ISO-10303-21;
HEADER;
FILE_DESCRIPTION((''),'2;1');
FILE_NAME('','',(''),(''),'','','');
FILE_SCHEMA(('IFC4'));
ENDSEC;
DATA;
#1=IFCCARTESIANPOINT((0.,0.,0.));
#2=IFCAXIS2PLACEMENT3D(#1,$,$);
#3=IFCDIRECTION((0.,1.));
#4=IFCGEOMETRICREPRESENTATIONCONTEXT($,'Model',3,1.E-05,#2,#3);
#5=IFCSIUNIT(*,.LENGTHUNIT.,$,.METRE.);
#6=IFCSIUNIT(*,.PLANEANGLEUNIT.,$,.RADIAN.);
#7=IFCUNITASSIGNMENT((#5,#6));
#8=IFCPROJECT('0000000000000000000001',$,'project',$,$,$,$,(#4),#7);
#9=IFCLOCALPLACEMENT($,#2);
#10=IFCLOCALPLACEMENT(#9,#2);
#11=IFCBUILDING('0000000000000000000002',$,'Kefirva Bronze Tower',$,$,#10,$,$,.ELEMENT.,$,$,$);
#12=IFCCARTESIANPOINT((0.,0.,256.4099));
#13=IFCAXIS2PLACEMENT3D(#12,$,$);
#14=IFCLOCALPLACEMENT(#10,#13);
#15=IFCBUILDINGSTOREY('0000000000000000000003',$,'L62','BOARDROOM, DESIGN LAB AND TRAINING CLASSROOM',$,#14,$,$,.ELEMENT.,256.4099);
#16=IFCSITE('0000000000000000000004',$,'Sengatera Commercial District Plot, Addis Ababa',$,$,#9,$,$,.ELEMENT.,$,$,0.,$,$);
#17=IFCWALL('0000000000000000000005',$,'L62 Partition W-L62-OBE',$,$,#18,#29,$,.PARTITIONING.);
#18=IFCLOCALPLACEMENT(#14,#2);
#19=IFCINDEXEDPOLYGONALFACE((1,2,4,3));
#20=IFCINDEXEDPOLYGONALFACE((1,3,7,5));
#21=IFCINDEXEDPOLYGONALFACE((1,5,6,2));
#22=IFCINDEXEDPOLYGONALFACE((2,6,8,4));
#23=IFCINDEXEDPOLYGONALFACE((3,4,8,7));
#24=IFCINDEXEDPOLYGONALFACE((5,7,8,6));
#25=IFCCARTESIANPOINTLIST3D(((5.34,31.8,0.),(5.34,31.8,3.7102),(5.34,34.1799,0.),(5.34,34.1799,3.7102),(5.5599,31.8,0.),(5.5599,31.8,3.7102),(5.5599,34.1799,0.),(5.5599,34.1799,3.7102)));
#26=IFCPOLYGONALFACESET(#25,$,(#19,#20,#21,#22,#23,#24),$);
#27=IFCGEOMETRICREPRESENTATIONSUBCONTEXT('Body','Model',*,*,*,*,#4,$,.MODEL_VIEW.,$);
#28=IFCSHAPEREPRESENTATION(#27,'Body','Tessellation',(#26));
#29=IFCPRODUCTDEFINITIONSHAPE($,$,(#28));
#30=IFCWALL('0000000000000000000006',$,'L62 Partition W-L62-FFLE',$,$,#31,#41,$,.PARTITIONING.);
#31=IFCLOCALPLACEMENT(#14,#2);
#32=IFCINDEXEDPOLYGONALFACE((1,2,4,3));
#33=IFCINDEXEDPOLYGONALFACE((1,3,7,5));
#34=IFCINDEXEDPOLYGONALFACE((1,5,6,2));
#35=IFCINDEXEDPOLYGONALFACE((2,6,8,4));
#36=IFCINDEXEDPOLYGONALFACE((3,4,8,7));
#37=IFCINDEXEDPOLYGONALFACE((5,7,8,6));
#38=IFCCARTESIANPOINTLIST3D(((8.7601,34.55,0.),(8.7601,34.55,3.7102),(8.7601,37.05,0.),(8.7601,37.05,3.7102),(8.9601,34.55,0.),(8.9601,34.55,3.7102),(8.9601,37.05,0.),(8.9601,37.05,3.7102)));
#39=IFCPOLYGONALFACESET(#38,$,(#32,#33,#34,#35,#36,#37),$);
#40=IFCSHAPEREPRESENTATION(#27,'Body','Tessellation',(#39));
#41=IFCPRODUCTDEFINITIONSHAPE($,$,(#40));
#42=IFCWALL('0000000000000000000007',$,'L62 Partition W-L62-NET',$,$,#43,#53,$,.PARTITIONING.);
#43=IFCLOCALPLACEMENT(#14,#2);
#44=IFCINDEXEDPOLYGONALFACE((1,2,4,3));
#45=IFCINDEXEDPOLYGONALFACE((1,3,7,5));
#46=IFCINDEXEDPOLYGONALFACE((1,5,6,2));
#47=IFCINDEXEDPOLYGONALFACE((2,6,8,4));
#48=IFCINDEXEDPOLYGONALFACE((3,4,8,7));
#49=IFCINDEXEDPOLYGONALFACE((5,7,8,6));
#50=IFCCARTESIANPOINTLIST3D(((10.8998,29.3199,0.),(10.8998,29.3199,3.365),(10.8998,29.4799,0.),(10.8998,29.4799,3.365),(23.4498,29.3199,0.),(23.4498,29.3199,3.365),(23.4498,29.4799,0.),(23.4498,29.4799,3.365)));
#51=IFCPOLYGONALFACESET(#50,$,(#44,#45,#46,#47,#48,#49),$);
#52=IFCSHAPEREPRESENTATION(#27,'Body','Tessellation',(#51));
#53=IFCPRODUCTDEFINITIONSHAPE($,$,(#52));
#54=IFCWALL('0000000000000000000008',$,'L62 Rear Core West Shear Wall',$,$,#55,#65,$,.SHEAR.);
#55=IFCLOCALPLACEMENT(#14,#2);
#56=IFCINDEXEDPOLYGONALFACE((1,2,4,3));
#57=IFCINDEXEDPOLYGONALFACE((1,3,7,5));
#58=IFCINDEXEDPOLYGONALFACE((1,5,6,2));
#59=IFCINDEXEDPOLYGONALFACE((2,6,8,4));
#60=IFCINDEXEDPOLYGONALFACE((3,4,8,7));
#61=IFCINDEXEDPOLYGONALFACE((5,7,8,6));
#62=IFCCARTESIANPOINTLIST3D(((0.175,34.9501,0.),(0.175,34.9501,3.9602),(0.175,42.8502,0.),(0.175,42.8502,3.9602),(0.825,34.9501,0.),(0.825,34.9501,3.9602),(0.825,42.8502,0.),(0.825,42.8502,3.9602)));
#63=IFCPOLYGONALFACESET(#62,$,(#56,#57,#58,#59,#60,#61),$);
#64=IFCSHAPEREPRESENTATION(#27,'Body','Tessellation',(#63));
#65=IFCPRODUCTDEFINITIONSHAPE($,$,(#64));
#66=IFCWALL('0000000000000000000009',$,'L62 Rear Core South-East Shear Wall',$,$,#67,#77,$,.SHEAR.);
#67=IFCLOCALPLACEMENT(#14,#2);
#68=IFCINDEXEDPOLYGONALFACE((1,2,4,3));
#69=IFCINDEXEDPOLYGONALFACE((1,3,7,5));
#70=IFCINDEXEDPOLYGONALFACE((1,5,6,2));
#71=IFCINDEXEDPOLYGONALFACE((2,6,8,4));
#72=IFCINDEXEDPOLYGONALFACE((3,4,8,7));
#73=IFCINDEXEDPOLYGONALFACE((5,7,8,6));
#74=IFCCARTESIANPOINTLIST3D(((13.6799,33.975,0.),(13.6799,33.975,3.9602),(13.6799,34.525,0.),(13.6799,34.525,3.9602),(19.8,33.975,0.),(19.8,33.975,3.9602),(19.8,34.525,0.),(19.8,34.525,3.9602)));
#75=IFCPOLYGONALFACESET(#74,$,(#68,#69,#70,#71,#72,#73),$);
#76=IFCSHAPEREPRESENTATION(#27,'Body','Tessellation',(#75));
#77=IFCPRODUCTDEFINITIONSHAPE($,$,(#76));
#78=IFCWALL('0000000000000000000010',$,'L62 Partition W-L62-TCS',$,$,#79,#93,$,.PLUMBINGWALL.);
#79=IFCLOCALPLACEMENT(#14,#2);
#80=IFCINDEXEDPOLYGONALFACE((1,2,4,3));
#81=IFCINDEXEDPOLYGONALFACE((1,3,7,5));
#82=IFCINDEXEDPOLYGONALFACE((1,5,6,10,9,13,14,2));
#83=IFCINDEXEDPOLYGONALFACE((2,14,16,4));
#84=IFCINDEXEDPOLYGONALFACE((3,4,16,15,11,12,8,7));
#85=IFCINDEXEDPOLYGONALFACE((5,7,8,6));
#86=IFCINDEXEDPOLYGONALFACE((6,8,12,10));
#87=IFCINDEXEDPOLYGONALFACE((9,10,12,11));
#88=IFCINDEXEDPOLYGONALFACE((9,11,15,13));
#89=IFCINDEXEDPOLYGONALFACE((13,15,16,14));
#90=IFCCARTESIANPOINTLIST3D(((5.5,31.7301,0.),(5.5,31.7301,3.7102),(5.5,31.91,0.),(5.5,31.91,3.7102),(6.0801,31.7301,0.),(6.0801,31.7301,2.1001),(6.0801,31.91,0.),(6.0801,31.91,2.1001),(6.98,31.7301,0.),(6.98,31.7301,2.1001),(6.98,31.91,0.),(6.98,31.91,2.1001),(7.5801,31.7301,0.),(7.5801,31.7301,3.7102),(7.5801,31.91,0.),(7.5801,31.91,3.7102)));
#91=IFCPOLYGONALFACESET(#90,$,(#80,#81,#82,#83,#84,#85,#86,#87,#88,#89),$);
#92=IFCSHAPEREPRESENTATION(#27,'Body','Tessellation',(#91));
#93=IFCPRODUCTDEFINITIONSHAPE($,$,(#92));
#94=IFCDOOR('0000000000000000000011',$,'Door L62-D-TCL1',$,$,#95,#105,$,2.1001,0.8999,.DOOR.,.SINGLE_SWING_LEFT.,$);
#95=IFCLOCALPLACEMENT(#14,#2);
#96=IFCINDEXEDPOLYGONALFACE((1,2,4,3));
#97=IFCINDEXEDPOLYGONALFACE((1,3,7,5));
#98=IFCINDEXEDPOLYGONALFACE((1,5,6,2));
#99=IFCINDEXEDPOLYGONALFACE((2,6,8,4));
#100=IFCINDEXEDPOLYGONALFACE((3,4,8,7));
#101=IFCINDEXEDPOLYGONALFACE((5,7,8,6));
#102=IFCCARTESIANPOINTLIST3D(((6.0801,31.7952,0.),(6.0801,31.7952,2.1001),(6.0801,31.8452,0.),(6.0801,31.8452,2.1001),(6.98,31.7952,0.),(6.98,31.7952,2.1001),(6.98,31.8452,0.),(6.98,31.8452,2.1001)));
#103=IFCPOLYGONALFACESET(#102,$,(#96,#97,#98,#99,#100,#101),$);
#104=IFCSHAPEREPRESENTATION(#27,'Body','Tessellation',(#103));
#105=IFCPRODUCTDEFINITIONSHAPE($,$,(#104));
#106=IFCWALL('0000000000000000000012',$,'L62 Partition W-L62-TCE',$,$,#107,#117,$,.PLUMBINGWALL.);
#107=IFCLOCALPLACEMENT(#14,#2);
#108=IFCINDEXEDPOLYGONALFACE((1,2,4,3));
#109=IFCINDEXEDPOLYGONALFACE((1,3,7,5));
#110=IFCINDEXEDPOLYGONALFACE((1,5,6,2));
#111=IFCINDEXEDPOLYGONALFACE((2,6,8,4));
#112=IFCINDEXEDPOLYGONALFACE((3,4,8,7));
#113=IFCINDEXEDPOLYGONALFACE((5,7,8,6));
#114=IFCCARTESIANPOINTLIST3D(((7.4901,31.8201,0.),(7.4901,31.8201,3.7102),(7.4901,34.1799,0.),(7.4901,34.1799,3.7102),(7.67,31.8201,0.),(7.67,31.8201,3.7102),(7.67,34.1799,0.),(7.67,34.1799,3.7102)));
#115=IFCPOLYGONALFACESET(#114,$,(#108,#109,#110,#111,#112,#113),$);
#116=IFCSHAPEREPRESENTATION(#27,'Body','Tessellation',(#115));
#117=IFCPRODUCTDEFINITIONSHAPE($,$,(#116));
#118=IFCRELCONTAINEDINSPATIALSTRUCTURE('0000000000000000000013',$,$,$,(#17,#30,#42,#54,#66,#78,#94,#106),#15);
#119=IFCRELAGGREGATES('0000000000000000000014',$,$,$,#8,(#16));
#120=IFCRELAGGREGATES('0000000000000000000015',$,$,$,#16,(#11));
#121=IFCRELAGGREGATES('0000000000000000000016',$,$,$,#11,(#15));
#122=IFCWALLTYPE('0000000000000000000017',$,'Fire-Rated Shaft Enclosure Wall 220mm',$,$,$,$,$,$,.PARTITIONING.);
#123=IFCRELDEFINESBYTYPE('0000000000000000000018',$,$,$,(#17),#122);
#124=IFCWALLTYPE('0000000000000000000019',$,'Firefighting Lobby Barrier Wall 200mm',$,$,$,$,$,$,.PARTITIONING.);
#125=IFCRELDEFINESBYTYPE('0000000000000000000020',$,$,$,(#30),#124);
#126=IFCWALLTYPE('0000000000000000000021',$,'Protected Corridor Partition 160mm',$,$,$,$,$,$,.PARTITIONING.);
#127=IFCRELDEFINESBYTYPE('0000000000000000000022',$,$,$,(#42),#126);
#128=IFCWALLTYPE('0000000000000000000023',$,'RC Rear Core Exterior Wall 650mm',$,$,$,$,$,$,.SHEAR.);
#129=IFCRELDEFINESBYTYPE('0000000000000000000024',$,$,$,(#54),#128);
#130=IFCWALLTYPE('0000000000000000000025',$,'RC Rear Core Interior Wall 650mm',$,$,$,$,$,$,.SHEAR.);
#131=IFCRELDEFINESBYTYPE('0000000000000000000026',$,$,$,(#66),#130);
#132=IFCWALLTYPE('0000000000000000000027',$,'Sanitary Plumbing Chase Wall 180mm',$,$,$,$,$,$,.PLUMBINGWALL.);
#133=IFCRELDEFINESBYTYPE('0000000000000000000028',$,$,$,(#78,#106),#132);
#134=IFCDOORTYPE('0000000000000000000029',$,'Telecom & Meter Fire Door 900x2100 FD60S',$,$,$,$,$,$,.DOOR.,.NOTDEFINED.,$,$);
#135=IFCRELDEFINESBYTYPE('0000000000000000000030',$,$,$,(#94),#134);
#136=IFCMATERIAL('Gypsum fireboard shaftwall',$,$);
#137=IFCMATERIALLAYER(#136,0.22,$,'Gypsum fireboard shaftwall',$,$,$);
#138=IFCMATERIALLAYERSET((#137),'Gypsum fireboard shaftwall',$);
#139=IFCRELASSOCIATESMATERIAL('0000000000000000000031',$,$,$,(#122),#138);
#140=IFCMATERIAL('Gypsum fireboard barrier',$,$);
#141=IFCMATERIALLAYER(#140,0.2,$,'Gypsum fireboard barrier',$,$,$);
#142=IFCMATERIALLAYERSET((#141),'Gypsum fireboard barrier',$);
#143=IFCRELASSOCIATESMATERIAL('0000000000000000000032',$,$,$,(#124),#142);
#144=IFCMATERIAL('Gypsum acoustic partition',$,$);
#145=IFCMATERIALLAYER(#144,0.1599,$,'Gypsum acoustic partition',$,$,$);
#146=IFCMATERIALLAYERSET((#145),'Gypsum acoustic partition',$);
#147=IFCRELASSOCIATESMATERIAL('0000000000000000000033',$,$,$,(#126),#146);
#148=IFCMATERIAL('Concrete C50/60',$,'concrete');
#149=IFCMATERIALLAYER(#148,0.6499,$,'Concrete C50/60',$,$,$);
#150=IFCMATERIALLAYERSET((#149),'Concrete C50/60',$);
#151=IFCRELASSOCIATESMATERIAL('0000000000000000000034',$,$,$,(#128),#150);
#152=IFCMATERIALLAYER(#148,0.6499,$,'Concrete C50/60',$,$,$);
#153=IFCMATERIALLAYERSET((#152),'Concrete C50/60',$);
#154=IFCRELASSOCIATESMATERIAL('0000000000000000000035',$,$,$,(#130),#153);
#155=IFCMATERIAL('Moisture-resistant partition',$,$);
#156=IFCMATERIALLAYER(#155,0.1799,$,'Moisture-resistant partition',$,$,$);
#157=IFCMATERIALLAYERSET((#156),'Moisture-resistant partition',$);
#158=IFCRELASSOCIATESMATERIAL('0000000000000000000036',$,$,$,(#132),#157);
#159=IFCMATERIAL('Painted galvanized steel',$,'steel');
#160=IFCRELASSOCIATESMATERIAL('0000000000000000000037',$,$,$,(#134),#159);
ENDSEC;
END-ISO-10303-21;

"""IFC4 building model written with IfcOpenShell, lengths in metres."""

from ifc_helpers import new_model, si_unit, direction, frame, frame_2d, origin, place, context, subcontext, project, spatial, rectangle, extrude, material, layer, layer_set, type_object, element, fill, save


model = new_model("IFC4")

# Units and contexts
model_context = context("Model", 3, precision=1e-05, world=origin(), true_north=direction((0.0, 1.0)))
body_context = subcontext(model_context, "Body", "Model", "MODEL_VIEW")
ifc_project = project(units=[si_unit("LENGTHUNIT", "METRE"), si_unit("PLANEANGLEUNIT", "RADIAN")], contexts=[model_context])

# Site, building, storey
site_placement = place(None, origin())
site = spatial("IfcSite", under=ifc_project, at=site_placement, Name="Sengatera Commercial District Plot, Addis Ababa", CompositionType="ELEMENT", RefElevation=0.0)
building_placement = place(site_placement, origin())
building = spatial("IfcBuilding", under=site, at=building_placement, Name="Kefirva Bronze Tower", CompositionType="ELEMENT")
storey_placement = place(building_placement, frame((0.0, 0.0, 256.4099)))
storey = spatial("IfcBuildingStorey", under=building, at=storey_placement, Name="L62", Description="BOARDROOM, DESIGN LAB AND TRAINING CLASSROOM", CompositionType="ELEMENT", Elevation=256.4099)

# Shared definitions
ifc_material_1 = material(Name="Concrete C50/60", Category="concrete")

# Walls
ifc_material_2 = material(Name="Gypsum fireboard shaftwall")
ifc_layer_1 = layer(ifc_material_2, 0.22, Name="Gypsum fireboard shaftwall")
ifc_layer_set_1 = layer_set([ifc_layer_1], Name="Gypsum fireboard shaftwall")
wall_type_1 = type_object("IfcWallType", Name="Fire-Rated Shaft Enclosure Wall 220mm", PredefinedType="PARTITIONING", material=ifc_layer_set_1)
for number, where, z_axis, x_axis, name in (
    (1, (5.45, 31.8, 0.0), (0.0, 0.0, 1.0), (0.0, 1.0, 0.0), "L62 Partition W-L62-OBE"),
):
    element("IfcWall", number, at=place(storey_placement, frame(where, z_axis=z_axis, x_axis=x_axis)), inside=storey, type_object=wall_type_1, Name=name, PredefinedType="PARTITIONING", context=body_context, shape_type="SweptSolid", body=[
        extrude(rectangle(XDim=2.3799, YDim=0.22, at=frame_2d((1.1899, 0.0))), origin(), (0.0, 0.0, 1.0), 3.7102),
    ])
ifc_material_3 = material(Name="Gypsum fireboard barrier")
ifc_layer_2 = layer(ifc_material_3, 0.2, Name="Gypsum fireboard barrier")
ifc_layer_set_2 = layer_set([ifc_layer_2], Name="Gypsum fireboard barrier")
wall_type_2 = type_object("IfcWallType", Name="Firefighting Lobby Barrier Wall 200mm", PredefinedType="PARTITIONING", material=ifc_layer_set_2)
wall_1_placement = place(storey_placement, frame((8.8601, 34.55, 0.0), z_axis=(0.0, 0.0, 1.0), x_axis=(0.0, 1.0, 0.0)))
element("IfcWall", 2, at=wall_1_placement, inside=storey, type_object=wall_type_2, Name="L62 Partition W-L62-FFLE", PredefinedType="PARTITIONING", context=body_context, shape_type="SweptSolid", body=[
    extrude(rectangle(XDim=2.5, YDim=0.2, at=frame_2d((1.25, 0.0))), origin(), (0.0, 0.0, 1.0), 3.7102),
])

# Shared definitions
ifc_material_4 = material(Name="Gypsum acoustic partition")
ifc_layer_3 = layer(ifc_material_4, 0.1599, Name="Gypsum acoustic partition")
ifc_layer_set_3 = layer_set([ifc_layer_3], Name="Gypsum acoustic partition")
wall_type_3 = type_object("IfcWallType", Name="Protected Corridor Partition 160mm", PredefinedType="PARTITIONING", material=ifc_layer_set_3)

# Walls
wall_2_placement = place(storey_placement, frame((10.8999, 29.3999, 0.0), z_axis=(0.0, 0.0, 1.0), x_axis=(1.0, 0.0, 0.0)))
element("IfcWall", 3, at=wall_2_placement, inside=storey, type_object=wall_type_3, Name="L62 Partition W-L62-NET", PredefinedType="PARTITIONING", context=body_context, shape_type="SweptSolid", body=[
    extrude(rectangle(XDim=12.55, YDim=0.1599, at=frame_2d((6.2749, 0.0))), origin(), (0.0, 0.0, 1.0), 3.365),
])
ifc_layer_4 = layer(ifc_material_1, 0.6499, Name="Concrete C50/60")
ifc_layer_set_4 = layer_set([ifc_layer_4], Name="Concrete C50/60")
wall_type_4 = type_object("IfcWallType", Name="RC Rear Core Exterior Wall 650mm", PredefinedType="SHEAR", material=ifc_layer_set_4)
wall_3_placement = place(storey_placement, frame((0.5, 34.95, 0.0), z_axis=(0.0, 0.0, 1.0), x_axis=(0.0, 1.0, 0.0)))
element("IfcWall", 4, at=wall_3_placement, inside=storey, type_object=wall_type_4, Name="L62 Rear Core West Shear Wall", PredefinedType="SHEAR", context=body_context, shape_type="SweptSolid", body=[
    extrude(rectangle(XDim=7.9001, YDim=0.6499, at=frame_2d((3.9502, 0.0))), origin(), (0.0, 0.0, 1.0), 3.9602),
])

# Shared definitions
ifc_layer_5 = layer(ifc_material_1, 0.6499, Name="Concrete C50/60")
ifc_layer_set_5 = layer_set([ifc_layer_5], Name="Concrete C50/60")
wall_type_5 = type_object("IfcWallType", Name="RC Rear Core Interior Wall 650mm", PredefinedType="SHEAR", material=ifc_layer_set_5)
ifc_material_5 = material(Name="Painted galvanized steel", Category="steel")

# Wall
wall_4_placement = place(storey_placement, frame((13.6799, 34.25, 0.0), z_axis=(0.0, 0.0, 1.0), x_axis=(1.0, 0.0, 0.0)))
element("IfcWall", 5, at=wall_4_placement, inside=storey, type_object=wall_type_5, Name="L62 Rear Core South-East Shear Wall", PredefinedType="SHEAR", context=body_context, shape_type="SweptSolid", body=[
    extrude(rectangle(XDim=6.1201, YDim=0.55, at=frame_2d((3.0601, 0.0))), origin(), (0.0, 0.0, 1.0), 3.9602),
])

# Wall, opening, door
ifc_material_6 = material(Name="Moisture-resistant partition")
ifc_layer_6 = layer(ifc_material_6, 0.1799, Name="Moisture-resistant partition")
ifc_layer_set_6 = layer_set([ifc_layer_6], Name="Moisture-resistant partition")
wall_type_6 = type_object("IfcWallType", Name="Sanitary Plumbing Chase Wall 180mm", PredefinedType="PLUMBINGWALL", material=ifc_layer_set_6)
wall_5_placement = place(storey_placement, frame((5.5, 31.8201, 0.0), z_axis=(0.0, 0.0, 1.0), x_axis=(1.0, 0.0, 0.0)))
wall_5 = element("IfcWall", 6, at=wall_5_placement, inside=storey, type_object=wall_type_6, Name="L62 Partition W-L62-TCS", PredefinedType="PLUMBINGWALL", context=body_context, shape_type="SweptSolid", body=[
    extrude(rectangle(XDim=2.0801, YDim=0.1799, at=frame_2d((1.04, 0.0))), origin(), (0.0, 0.0, 1.0), 3.7102),
])
opening_1_placement = place(wall_5_placement, frame((1.48, 0.0, 0.0), z_axis=(0.0, 0.0, 1.0), x_axis=(-1.0, 0.0, 0.0)))
opening_1 = element("IfcOpeningElement", 7, at=opening_1_placement, cuts=wall_5, PredefinedType="OPENING", context=body_context, shape_type="SweptSolid", body=[
    extrude(rectangle(XDim=0.8999, YDim=2.1001, at=frame_2d((0.45, 1.05))), frame((0.0, 0.1001, 0.0), z_axis=(0.0, -1.0, 0.0), x_axis=(1.0, 0.0, 0.0)), (0.0, 0.0, 1.0), 0.2),
])
door_type_1 = type_object("IfcDoorType", Name="Telecom & Meter Fire Door 900x2100 FD60S", OperationType="NOTDEFINED", PredefinedType="DOOR", material=ifc_material_5)
door_1_placement = place(opening_1_placement, origin())
door_1 = element("IfcDoor", 8, at=door_1_placement, inside=storey, type_object=door_type_1, Name="Door L62-D-TCL1", OperationType="SINGLE_SWING_LEFT", OverallHeight=2.1001, OverallWidth=0.8999, PredefinedType="DOOR", context=body_context, shape_type="SweptSolid", body=[
    extrude(rectangle(XDim=0.8999, YDim=2.1001, at=frame_2d((0.45, 1.05))), frame((0.0, 0.0249, 0.0), z_axis=(0.0, -1.0, 0.0), x_axis=(1.0, 0.0, 0.0)), (0.0, 0.0, 1.0), 0.05),
])
fill(opening_1, door_1)

# Wall
wall_6_placement = place(storey_placement, frame((7.5801, 31.8201, 0.0), z_axis=(0.0, 0.0, 1.0), x_axis=(0.0, 1.0, 0.0)))
element("IfcWall", 9, at=wall_6_placement, inside=storey, type_object=wall_type_6, Name="L62 Partition W-L62-TCE", PredefinedType="PLUMBINGWALL", context=body_context, shape_type="SweptSolid", body=[
    extrude(rectangle(XDim=2.3599, YDim=0.1799, at=frame_2d((1.1799, 0.0))), origin(), (0.0, 0.0, 1.0), 3.7102),
])

save(model, "model.ifc")
